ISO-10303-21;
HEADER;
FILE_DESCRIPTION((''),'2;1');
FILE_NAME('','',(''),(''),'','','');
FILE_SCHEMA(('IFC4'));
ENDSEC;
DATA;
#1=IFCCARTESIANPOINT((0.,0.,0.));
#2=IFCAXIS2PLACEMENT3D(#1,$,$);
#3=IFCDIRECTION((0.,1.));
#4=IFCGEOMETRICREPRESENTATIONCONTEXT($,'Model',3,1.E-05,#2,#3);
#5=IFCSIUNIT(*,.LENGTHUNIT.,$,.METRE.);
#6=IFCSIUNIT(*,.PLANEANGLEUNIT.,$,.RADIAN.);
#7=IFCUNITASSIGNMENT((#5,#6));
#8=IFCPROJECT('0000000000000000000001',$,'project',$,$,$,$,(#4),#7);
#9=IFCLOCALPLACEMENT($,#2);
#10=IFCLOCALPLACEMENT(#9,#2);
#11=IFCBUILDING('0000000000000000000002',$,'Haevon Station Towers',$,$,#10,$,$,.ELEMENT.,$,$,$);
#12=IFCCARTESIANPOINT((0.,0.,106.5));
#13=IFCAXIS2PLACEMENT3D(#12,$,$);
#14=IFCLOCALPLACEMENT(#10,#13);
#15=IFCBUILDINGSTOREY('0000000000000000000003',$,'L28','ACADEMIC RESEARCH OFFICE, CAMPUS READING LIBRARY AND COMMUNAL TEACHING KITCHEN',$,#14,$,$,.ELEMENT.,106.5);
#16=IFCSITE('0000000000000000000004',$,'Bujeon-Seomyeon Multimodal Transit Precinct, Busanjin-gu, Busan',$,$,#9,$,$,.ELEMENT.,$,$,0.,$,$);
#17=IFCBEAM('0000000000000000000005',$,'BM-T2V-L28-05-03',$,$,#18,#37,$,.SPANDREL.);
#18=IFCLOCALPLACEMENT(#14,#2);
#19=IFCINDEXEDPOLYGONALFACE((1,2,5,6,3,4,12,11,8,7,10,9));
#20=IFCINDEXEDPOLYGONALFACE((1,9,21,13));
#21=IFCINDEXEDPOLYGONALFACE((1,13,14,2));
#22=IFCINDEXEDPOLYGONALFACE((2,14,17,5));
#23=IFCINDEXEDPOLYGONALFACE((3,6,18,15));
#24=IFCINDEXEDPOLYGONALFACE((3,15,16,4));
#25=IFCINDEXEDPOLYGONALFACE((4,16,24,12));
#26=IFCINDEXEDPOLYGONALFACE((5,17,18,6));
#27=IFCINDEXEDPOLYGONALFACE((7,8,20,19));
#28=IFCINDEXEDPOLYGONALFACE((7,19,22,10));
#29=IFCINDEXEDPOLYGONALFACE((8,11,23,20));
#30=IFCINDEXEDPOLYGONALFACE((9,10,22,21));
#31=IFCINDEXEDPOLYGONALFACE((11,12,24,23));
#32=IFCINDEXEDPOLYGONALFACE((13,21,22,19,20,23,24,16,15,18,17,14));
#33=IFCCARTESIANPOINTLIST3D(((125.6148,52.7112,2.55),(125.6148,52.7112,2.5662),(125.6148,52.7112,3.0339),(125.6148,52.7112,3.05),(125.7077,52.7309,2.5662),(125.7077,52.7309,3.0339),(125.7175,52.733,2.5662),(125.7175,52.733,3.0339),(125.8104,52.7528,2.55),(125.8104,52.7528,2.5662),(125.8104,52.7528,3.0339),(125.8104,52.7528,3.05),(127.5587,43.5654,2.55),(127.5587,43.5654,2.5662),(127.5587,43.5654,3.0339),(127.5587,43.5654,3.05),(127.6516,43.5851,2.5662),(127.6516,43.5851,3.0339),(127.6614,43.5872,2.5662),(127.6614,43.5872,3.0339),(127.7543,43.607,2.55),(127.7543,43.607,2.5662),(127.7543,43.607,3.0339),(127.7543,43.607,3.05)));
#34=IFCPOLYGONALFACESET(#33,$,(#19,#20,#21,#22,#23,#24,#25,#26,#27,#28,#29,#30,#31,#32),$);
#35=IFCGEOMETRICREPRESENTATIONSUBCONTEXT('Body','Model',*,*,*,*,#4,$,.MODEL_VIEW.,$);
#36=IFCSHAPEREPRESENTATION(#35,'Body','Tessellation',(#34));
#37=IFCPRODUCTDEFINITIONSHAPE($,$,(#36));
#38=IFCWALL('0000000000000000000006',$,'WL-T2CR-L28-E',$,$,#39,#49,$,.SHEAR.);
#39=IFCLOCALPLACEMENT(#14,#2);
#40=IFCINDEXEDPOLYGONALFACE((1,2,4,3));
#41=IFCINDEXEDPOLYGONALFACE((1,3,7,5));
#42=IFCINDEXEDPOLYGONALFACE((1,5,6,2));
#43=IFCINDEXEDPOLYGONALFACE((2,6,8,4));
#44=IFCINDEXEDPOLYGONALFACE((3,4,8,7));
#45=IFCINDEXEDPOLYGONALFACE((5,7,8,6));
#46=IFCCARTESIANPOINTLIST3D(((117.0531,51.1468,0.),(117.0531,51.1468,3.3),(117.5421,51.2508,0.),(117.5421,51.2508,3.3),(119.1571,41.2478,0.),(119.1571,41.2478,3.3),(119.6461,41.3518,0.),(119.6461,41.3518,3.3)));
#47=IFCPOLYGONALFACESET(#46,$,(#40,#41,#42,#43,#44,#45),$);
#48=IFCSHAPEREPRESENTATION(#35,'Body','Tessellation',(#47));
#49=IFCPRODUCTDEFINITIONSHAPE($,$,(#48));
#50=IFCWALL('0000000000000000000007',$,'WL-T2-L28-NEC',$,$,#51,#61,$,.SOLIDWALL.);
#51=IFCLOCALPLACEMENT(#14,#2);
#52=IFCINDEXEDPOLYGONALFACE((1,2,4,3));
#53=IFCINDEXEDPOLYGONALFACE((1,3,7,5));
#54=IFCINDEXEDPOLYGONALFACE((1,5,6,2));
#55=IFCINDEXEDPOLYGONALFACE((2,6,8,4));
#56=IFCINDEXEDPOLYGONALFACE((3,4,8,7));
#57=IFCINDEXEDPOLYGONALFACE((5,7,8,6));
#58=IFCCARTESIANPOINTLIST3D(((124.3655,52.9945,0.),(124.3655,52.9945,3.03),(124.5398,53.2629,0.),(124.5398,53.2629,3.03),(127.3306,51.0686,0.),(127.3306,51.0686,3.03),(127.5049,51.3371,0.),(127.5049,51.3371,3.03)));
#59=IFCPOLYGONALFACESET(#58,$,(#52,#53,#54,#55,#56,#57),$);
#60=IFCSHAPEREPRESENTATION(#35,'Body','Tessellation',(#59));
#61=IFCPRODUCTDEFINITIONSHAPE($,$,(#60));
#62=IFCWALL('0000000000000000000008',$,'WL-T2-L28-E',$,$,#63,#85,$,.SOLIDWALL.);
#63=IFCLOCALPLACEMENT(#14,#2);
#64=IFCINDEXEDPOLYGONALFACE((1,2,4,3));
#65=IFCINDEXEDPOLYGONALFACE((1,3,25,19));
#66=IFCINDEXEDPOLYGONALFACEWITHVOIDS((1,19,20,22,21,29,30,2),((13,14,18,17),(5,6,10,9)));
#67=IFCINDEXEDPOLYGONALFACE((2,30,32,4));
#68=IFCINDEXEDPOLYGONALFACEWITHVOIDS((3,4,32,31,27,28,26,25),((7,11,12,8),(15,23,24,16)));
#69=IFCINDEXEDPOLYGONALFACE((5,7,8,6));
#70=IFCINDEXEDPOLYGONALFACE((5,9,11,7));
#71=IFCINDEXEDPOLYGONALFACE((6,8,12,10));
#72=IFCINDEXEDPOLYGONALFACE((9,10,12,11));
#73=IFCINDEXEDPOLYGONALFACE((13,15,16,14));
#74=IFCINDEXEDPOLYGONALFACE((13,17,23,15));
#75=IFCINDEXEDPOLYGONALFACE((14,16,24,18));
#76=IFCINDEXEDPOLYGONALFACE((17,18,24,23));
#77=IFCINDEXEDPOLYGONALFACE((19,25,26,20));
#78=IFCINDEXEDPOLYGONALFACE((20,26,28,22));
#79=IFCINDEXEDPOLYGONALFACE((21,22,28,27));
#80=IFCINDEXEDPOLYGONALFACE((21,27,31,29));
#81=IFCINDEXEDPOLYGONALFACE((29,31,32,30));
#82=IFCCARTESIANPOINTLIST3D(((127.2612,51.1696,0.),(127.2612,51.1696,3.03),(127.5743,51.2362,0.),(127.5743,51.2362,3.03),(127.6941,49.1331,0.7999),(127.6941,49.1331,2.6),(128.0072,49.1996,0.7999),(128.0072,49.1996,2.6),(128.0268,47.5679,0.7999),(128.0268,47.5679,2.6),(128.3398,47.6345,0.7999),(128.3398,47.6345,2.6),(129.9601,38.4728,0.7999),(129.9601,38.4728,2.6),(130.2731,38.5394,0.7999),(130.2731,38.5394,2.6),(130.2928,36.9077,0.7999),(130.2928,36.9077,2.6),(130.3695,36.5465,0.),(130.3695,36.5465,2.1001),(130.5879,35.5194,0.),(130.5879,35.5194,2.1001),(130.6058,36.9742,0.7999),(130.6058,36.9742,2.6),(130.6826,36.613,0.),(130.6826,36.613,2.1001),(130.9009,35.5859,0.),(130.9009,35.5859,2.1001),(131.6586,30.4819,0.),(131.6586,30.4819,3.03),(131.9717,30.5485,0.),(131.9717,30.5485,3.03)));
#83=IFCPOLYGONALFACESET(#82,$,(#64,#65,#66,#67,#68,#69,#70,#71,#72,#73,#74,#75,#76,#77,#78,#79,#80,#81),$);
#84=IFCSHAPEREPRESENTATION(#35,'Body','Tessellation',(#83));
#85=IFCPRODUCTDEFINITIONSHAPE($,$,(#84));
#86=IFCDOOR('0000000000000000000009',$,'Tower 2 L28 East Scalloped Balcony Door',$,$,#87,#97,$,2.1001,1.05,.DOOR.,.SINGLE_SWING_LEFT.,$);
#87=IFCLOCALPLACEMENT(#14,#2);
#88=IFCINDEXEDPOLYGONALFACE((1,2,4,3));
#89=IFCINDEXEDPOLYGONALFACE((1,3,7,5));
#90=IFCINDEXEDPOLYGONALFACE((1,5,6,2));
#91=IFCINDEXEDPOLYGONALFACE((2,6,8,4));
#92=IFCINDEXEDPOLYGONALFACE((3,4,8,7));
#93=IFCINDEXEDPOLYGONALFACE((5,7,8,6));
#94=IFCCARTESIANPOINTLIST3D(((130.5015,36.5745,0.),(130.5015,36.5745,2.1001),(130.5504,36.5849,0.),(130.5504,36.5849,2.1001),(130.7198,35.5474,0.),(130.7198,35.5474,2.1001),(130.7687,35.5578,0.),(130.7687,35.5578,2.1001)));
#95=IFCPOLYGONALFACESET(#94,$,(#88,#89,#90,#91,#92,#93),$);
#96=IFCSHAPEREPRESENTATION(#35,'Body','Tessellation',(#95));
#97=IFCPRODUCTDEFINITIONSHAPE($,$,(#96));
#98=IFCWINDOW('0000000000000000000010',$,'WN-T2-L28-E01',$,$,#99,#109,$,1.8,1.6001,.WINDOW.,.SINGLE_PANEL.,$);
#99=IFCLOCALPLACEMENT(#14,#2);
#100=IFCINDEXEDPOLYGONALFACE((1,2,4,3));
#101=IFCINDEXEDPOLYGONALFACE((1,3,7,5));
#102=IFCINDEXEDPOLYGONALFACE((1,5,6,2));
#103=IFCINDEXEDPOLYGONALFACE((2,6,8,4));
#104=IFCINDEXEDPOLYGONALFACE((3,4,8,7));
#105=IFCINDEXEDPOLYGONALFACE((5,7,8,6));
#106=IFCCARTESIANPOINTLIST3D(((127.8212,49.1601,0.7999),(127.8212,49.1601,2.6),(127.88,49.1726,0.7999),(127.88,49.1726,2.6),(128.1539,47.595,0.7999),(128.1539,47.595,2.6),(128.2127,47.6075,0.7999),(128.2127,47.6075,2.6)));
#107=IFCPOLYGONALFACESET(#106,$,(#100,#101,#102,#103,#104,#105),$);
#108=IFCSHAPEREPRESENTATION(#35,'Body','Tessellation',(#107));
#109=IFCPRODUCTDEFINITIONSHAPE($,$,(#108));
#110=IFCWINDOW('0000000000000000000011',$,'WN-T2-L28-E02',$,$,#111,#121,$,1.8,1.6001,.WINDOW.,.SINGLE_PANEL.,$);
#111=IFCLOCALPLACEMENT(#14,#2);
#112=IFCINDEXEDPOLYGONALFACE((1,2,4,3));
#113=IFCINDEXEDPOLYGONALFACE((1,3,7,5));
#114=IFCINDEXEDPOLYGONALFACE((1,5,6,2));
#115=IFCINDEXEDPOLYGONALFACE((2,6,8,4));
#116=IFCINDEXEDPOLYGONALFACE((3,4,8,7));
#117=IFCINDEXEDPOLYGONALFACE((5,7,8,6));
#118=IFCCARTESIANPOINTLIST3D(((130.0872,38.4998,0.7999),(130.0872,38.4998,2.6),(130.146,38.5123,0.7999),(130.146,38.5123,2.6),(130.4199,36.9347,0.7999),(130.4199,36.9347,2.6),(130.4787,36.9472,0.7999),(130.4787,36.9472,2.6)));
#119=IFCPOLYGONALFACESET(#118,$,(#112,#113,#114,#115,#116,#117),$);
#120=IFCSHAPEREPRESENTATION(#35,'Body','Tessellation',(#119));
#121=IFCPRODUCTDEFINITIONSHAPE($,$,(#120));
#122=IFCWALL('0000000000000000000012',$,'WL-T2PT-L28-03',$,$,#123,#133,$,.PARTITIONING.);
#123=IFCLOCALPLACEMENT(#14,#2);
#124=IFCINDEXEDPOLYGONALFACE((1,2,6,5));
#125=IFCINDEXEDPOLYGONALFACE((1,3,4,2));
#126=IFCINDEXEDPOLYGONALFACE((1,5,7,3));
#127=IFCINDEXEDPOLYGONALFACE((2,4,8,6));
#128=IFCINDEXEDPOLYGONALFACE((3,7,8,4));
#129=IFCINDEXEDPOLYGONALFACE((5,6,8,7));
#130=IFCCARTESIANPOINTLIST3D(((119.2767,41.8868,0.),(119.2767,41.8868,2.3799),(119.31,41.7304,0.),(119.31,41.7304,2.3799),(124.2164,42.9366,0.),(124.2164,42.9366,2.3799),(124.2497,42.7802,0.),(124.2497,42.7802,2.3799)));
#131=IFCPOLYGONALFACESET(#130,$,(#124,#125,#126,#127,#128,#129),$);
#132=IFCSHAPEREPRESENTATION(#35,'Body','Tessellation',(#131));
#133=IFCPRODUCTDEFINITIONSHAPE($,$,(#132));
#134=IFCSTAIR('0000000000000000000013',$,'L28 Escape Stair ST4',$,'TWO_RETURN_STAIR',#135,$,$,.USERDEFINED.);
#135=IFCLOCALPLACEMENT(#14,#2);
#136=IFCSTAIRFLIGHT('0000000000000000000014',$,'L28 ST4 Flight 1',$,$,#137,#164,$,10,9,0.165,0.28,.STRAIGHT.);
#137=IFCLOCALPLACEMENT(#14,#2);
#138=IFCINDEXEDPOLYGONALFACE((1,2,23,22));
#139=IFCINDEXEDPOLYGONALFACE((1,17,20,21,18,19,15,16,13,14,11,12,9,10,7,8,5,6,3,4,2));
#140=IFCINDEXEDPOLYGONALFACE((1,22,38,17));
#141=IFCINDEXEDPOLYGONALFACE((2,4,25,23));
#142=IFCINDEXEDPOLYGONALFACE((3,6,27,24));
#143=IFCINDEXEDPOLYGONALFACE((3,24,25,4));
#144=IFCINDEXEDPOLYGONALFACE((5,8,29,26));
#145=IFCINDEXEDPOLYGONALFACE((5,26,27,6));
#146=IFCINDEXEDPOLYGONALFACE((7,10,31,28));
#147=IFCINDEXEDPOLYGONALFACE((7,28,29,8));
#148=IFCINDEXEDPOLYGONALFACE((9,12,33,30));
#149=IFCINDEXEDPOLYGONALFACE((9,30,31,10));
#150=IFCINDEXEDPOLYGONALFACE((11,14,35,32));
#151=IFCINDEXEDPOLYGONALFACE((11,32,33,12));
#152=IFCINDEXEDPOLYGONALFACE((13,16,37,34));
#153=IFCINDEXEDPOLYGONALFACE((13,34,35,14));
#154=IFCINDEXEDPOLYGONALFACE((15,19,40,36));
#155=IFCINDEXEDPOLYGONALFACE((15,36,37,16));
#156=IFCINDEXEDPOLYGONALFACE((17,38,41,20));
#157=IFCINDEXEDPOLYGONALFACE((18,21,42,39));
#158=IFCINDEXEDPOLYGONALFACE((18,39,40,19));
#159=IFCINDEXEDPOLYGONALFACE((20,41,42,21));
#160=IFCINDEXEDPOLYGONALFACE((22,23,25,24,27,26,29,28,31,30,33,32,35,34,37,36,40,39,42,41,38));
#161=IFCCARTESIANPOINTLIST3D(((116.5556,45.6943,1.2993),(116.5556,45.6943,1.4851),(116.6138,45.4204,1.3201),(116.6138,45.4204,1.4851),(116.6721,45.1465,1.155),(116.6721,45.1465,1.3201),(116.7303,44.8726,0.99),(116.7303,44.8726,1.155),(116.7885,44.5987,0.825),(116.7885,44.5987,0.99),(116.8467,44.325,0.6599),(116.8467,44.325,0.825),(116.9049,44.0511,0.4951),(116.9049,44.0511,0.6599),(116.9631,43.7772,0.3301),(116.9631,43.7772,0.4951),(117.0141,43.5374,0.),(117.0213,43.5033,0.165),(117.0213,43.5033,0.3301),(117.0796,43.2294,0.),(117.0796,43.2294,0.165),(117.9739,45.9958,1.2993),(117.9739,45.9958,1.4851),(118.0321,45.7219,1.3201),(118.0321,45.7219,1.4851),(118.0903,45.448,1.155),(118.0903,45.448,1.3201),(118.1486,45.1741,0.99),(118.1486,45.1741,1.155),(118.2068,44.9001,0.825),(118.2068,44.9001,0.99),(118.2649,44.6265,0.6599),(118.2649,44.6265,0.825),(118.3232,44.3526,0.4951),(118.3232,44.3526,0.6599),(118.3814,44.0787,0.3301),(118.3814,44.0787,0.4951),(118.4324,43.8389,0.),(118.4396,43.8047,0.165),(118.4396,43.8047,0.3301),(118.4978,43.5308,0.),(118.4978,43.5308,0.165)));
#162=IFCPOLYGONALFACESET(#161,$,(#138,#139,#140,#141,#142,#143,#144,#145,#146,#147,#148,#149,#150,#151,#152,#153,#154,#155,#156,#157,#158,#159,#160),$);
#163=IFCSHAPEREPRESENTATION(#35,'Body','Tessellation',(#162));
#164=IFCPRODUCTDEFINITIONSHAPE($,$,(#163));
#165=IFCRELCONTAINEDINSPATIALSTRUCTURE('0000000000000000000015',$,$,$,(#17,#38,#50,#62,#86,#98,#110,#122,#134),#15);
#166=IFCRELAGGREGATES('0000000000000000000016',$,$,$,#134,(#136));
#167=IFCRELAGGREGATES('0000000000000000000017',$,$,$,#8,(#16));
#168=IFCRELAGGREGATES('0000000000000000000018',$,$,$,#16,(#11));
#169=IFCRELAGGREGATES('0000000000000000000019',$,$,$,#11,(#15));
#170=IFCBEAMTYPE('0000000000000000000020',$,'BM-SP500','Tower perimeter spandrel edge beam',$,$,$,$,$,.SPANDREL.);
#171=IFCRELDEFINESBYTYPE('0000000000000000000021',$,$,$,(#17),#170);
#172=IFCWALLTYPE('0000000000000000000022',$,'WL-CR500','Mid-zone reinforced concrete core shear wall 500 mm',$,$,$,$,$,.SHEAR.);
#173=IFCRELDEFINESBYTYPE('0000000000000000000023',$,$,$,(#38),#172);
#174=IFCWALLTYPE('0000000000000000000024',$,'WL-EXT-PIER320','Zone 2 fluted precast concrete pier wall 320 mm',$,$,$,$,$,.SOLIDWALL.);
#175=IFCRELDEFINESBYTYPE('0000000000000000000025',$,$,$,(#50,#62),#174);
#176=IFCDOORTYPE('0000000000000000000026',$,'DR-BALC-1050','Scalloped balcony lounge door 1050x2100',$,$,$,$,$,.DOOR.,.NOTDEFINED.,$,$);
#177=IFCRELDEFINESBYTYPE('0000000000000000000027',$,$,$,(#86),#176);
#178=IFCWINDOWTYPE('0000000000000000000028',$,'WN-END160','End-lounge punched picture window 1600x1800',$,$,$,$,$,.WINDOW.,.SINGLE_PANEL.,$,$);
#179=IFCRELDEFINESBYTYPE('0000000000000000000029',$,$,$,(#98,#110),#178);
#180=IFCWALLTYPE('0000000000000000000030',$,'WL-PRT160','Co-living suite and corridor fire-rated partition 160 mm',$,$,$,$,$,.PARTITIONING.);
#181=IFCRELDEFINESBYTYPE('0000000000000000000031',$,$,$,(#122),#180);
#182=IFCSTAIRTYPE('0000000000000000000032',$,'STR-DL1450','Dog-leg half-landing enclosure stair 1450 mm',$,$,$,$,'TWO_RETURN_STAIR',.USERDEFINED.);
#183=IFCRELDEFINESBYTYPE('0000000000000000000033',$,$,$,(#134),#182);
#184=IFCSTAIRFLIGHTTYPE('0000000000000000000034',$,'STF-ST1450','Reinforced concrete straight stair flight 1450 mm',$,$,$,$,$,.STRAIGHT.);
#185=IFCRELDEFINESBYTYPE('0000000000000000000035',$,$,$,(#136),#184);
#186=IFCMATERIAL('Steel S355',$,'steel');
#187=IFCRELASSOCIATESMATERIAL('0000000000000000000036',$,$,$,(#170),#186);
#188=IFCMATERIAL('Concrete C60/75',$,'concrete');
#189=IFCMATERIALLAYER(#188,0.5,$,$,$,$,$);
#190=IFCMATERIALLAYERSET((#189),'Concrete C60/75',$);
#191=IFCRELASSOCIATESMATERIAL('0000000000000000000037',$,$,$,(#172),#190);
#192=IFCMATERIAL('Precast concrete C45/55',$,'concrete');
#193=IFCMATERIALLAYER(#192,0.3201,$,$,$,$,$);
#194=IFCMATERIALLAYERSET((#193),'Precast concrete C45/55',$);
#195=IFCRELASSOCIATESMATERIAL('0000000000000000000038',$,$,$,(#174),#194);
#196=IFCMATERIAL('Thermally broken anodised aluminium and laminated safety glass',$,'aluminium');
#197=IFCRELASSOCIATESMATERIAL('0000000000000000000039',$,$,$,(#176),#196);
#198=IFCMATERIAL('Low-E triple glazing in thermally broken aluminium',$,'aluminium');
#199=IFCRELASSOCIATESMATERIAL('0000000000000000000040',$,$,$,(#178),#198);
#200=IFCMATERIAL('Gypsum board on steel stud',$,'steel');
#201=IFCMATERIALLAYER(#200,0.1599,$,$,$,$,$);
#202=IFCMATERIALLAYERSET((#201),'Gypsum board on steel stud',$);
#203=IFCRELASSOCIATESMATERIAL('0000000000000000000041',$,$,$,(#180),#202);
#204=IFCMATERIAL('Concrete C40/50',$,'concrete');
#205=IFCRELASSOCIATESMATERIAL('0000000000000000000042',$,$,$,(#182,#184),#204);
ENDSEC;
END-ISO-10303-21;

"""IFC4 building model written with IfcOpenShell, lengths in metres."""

from ifc_helpers import new_model, si_unit, direction, frame, frame_2d, origin, origin_2d, place, context, subcontext, project, spatial, polyline, rectangle, i_section, outline, extrude, material, layer, layer_set, material_profile, profile_set, type_object, element, fill, aggregate, save


model = new_model("IFC4")

# Units and contexts
model_context = context("Model", 3, precision=1e-05, world=origin(), true_north=direction((0.0, 1.0)))
body_context = subcontext(model_context, "Body", "Model", "MODEL_VIEW")
ifc_project = project(units=[si_unit("LENGTHUNIT", "METRE"), si_unit("PLANEANGLEUNIT", "RADIAN")], contexts=[model_context])

# Site, building, storey
site_placement = place(None, origin())
site = spatial("IfcSite", under=ifc_project, at=site_placement, Name="Bujeon-Seomyeon Multimodal Transit Precinct, Busanjin-gu, Busan", CompositionType="ELEMENT", RefElevation=0.0)
building_placement = place(site_placement, origin())
building = spatial("IfcBuilding", under=site, at=building_placement, Name="Haevon Station Towers", CompositionType="ELEMENT")
storey_placement = place(building_placement, frame((0.0, 0.0, 106.5)))
storey = spatial("IfcBuildingStorey", under=building, at=storey_placement, Name="L28", Description="ACADEMIC RESEARCH OFFICE, CAMPUS READING LIBRARY AND COMMUNAL TEACHING KITCHEN", CompositionType="ELEMENT", Elevation=106.5)

# Beam
ifc_material_1 = material(Name="Steel S355", Category="steel")
ifc_material_profile_1 = material_profile(ifc_material_1, i_section(OverallWidth=0.2, OverallDepth=0.5, WebThickness=0.01, FlangeThickness=0.0161, at=origin_2d()), Name="H-500x200x10x16")
ifc_profile_set_1 = profile_set([ifc_material_profile_1], Name="Steel S355")
beam_type_1 = type_object("IfcBeamType", Name="BM-SP500", Description="Tower perimeter spandrel edge beam", PredefinedType="SPANDREL", material=ifc_profile_set_1)
beam_1_placement = place(storey_placement, frame((127.6565, 43.5862, 2.8), z_axis=(-0.207897, 0.978151, 0.0), x_axis=(-0.978151, -0.207897, 0.0)))
element("IfcBeam", 1, at=beam_1_placement, inside=storey, type_object=beam_type_1, Name="BM-T2V-L28-05-03", PredefinedType="SPANDREL", context=body_context, shape_type="SweptSolid", body=[
    extrude(i_section(OverallWidth=0.2, OverallDepth=0.5, WebThickness=0.01, FlangeThickness=0.0161, at=origin_2d()), origin(), (0.0, 0.0, 1.0), 9.3501),
])

# Walls
ifc_material_2 = material(Name="Concrete C60/75", Category="concrete")
ifc_layer_1 = layer(ifc_material_2, 0.5)
ifc_layer_set_1 = layer_set([ifc_layer_1], Name="Concrete C60/75")
wall_type_1 = type_object("IfcWallType", Name="WL-CR500", Description="Mid-zone reinforced concrete core shear wall 500 mm", PredefinedType="SHEAR", material=ifc_layer_set_1)
wall_1_placement = place(storey_placement, frame((119.4016, 41.2998, 0.0), z_axis=(0.0, 0.0, 1.0), x_axis=(-0.207904, 0.978149, 0.0)))
element("IfcWall", 2, at=wall_1_placement, inside=storey, type_object=wall_type_1, Name="WL-T2CR-L28-E", PredefinedType="SHEAR", context=body_context, shape_type="SweptSolid", body=[
    extrude(rectangle(XDim=10.1201, YDim=0.5, at=frame_2d((5.0601, 0.0))), origin(), (0.0, 0.0, 1.0), 3.3),
])
ifc_material_3 = material(Name="Precast concrete C45/55", Category="concrete")
ifc_layer_2 = layer(ifc_material_3, 0.3201)
ifc_layer_set_2 = layer_set([ifc_layer_2], Name="Precast concrete C45/55")
wall_type_2 = type_object("IfcWallType", Name="WL-EXT-PIER320", Description="Zone 2 fluted precast concrete pier wall 320 mm", PredefinedType="SOLIDWALL", material=ifc_layer_set_2)
wall_2_placement = place(storey_placement, frame((124.4526, 53.1287, 0.0), z_axis=(0.0, 0.0, 1.0), x_axis=(0.838641, -0.544685, 0.0)))
element("IfcWall", 3, at=wall_2_placement, inside=storey, type_object=wall_type_2, Name="WL-T2-L28-NEC", PredefinedType="SOLIDWALL", context=body_context, shape_type="SweptSolid", body=[
    extrude(rectangle(XDim=3.5356, YDim=0.3201, at=frame_2d((1.7678, 0.0))), origin(), (0.0, 0.0, 1.0), 3.03),
])

# Wall, openings, door, windows
wall_3_placement = place(storey_placement, frame((127.4177, 51.2029, 0.0), z_axis=(0.0, 0.0, 1.0), x_axis=(0.207918, -0.978146, 0.0)))
wall_3 = element("IfcWall", 4, at=wall_3_placement, inside=storey, type_object=wall_type_2, Name="WL-T2-L28-E", PredefinedType="SOLIDWALL", context=body_context, shape_type="SweptSolid", body=[
    extrude(rectangle(XDim=21.1499, YDim=0.3201, at=frame_2d((10.575, 0.0))), origin(), (0.0, 0.0, 1.0), 3.03),
])
opening_1_placement = place(wall_3_placement, frame((14.95, 0.0, 0.0)))
opening_1 = element("IfcOpeningElement", 5, at=opening_1_placement, cuts=wall_3, PredefinedType="OPENING", context=body_context, shape_type="SweptSolid", body=[
    extrude(rectangle(XDim=1.05, YDim=2.1001, at=frame_2d((0.5249, 1.05))), frame((0.0, 0.1699, 0.0), z_axis=(0.0, -1.0, 0.0), x_axis=(1.0, 0.0, 0.0)), (0.0, 0.0, 1.0), 0.3401),
])
opening_2_placement = place(wall_3_placement, frame((2.082, 0.0, 0.8)))
opening_2 = element("IfcOpeningElement", 6, at=opening_2_placement, cuts=wall_3, PredefinedType="OPENING", context=body_context, shape_type="SweptSolid", body=[
    extrude(rectangle(XDim=1.6001, YDim=1.8, at=frame_2d((0.8, 0.8999))), frame((0.0, 0.1699, 0.0), z_axis=(0.0, -1.0, 0.0), x_axis=(1.0, 0.0, 0.0)), (0.0, 0.0, 1.0), 0.3401),
])
opening_3_placement = place(wall_3_placement, frame((12.9805, 0.0, 0.8)))
opening_3 = element("IfcOpeningElement", 7, at=opening_3_placement, cuts=wall_3, PredefinedType="OPENING", context=body_context, shape_type="SweptSolid", body=[
    extrude(rectangle(XDim=1.6001, YDim=1.8, at=frame_2d((0.8, 0.8999))), frame((0.0, 0.1699, 0.0), z_axis=(0.0, -1.0, 0.0), x_axis=(1.0, 0.0, 0.0)), (0.0, 0.0, 1.0), 0.3401),
])
ifc_material_4 = material(Name="Thermally broken anodised aluminium and laminated safety glass", Category="aluminium")
door_type = type_object("IfcDoorType", Name="DR-BALC-1050", Description="Scalloped balcony lounge door 1050x2100", OperationType="NOTDEFINED", PredefinedType="DOOR", material=ifc_material_4)
door_placement = place(opening_1_placement, origin())
door = element("IfcDoor", 8, at=door_placement, inside=storey, type_object=door_type, Name="Tower 2 L28 East Scalloped Balcony Door", OperationType="SINGLE_SWING_LEFT", OverallHeight=2.1001, OverallWidth=1.05, PredefinedType="DOOR", context=body_context, shape_type="SweptSolid", body=[
    extrude(rectangle(XDim=1.05, YDim=2.1001, at=frame_2d((0.5249, 1.05))), frame((0.0, 0.0249, 0.0), z_axis=(0.0, -1.0, 0.0), x_axis=(1.0, 0.0, 0.0)), (0.0, 0.0, 1.0), 0.05),
])
fill(opening_1, door)
ifc_material_5 = material(Name="Low-E triple glazing in thermally broken aluminium", Category="aluminium")
window_type = type_object("IfcWindowType", Name="WN-END160", Description="End-lounge punched picture window 1600x1800", PartitioningType="SINGLE_PANEL", PredefinedType="WINDOW", material=ifc_material_5)
window_1_placement = place(opening_2_placement, origin())
window_1 = element("IfcWindow", 9, at=window_1_placement, inside=storey, type_object=window_type, Name="WN-T2-L28-E01", OverallHeight=1.8, OverallWidth=1.6001, PartitioningType="SINGLE_PANEL", PredefinedType="WINDOW", context=body_context, shape_type="SweptSolid", body=[
    extrude(rectangle(XDim=1.6001, YDim=1.8, at=frame_2d((0.8, 0.8999))), frame((0.0, 0.03, 0.0), z_axis=(0.0, -1.0, 0.0), x_axis=(1.0, 0.0, 0.0)), (0.0, 0.0, 1.0), 0.0601),
])
fill(opening_2, window_1)
window_2_placement = place(opening_3_placement, origin())
window_2 = element("IfcWindow", 10, at=window_2_placement, inside=storey, type_object=window_type, Name="WN-T2-L28-E02", OverallHeight=1.8, OverallWidth=1.6001, PartitioningType="SINGLE_PANEL", PredefinedType="WINDOW", context=body_context, shape_type="SweptSolid", body=[
    extrude(rectangle(XDim=1.6001, YDim=1.8, at=frame_2d((0.8, 0.8999))), frame((0.0, 0.03, 0.0), z_axis=(0.0, -1.0, 0.0), x_axis=(1.0, 0.0, 0.0)), (0.0, 0.0, 1.0), 0.0601),
])
fill(opening_3, window_2)

# Wall
ifc_material_6 = material(Name="Gypsum board on steel stud", Category="steel")
ifc_layer_3 = layer(ifc_material_6, 0.1599)
ifc_layer_set_3 = layer_set([ifc_layer_3], Name="Gypsum board on steel stud")
wall_type_3 = type_object("IfcWallType", Name="WL-PRT160", Description="Co-living suite and corridor fire-rated partition 160 mm", PredefinedType="PARTITIONING", material=ifc_layer_set_3)
wall_4_placement = place(storey_placement, frame((119.2935, 41.8086, 0.0), z_axis=(0.0, 0.0, 1.0), x_axis=(0.978154, 0.207881, 0.0)))
element("IfcWall", 11, at=wall_4_placement, inside=storey, type_object=wall_type_3, Name="WL-T2PT-L28-03", PredefinedType="PARTITIONING", context=body_context, shape_type="SweptSolid", body=[
    extrude(rectangle(XDim=5.05, YDim=0.1599, at=frame_2d((2.5249, 0.0))), origin(), (0.0, 0.0, 1.0), 2.3799),
])

# Stair, stair flight
ifc_material_7 = material(Name="Concrete C40/50", Category="concrete")
stair_type = type_object("IfcStairType", Name="STR-DL1450", Description="Dog-leg half-landing enclosure stair 1450 mm", ElementType="TWO_RETURN_STAIR", PredefinedType="USERDEFINED", material=ifc_material_7)
stair_placement = place(storey_placement, origin())
stair = element("IfcStair", 12, at=stair_placement, inside=storey, type_object=stair_type, Name="L28 Escape Stair ST4", ObjectType="TWO_RETURN_STAIR", PredefinedType="USERDEFINED")
stair_flight_type = type_object("IfcStairFlightType", Name="STF-ST1450", Description="Reinforced concrete straight stair flight 1450 mm", PredefinedType="STRAIGHT", material=ifc_material_7)
stair_flight_placement = place(storey_placement, frame((117.7888, 43.3801, 0.0), z_axis=(0.0, 0.0, 1.0), x_axis=(-0.207912, 0.978148, 0.0)))
stair_flight = element("IfcStairFlight", 13, at=stair_flight_placement, type_object=stair_flight_type, Name="L28 ST4 Flight 1", NumberOfRisers=10, NumberOfTreads=9, PredefinedType="STRAIGHT", RiserHeight=0.165, TreadLength=0.28, context=body_context, shape_type="SweptSolid", body=[
    extrude(outline(polyline([(0.0, 0.0), (0.0, 0.165), (0.28, 0.165), (0.28, 0.3301), (0.5601, 0.3301), (0.5601, 0.4951), (0.8401, 0.4951), (0.8401, 0.6599), (1.1201, 0.6599), (1.1201, 0.825), (1.3999, 0.825), (1.3999, 0.99), (1.6799, 0.99), (1.6799, 1.155), (1.96, 1.155), (1.96, 1.3201), (2.24, 1.3201), (2.24, 1.4851), (2.52, 1.4851), (2.52, 1.6499), (2.52, 1.2993), (0.3149, 0.0), (0.0, 0.0)])), frame((0.0, 0.7251, 0.0), z_axis=(0.0, -1.0, 0.0), x_axis=(1.0, 0.0, 0.0)), (0.0, 0.0, 1.0), 1.45),
])
aggregate(stair, [stair_flight])

save(model, "model.ifc")
